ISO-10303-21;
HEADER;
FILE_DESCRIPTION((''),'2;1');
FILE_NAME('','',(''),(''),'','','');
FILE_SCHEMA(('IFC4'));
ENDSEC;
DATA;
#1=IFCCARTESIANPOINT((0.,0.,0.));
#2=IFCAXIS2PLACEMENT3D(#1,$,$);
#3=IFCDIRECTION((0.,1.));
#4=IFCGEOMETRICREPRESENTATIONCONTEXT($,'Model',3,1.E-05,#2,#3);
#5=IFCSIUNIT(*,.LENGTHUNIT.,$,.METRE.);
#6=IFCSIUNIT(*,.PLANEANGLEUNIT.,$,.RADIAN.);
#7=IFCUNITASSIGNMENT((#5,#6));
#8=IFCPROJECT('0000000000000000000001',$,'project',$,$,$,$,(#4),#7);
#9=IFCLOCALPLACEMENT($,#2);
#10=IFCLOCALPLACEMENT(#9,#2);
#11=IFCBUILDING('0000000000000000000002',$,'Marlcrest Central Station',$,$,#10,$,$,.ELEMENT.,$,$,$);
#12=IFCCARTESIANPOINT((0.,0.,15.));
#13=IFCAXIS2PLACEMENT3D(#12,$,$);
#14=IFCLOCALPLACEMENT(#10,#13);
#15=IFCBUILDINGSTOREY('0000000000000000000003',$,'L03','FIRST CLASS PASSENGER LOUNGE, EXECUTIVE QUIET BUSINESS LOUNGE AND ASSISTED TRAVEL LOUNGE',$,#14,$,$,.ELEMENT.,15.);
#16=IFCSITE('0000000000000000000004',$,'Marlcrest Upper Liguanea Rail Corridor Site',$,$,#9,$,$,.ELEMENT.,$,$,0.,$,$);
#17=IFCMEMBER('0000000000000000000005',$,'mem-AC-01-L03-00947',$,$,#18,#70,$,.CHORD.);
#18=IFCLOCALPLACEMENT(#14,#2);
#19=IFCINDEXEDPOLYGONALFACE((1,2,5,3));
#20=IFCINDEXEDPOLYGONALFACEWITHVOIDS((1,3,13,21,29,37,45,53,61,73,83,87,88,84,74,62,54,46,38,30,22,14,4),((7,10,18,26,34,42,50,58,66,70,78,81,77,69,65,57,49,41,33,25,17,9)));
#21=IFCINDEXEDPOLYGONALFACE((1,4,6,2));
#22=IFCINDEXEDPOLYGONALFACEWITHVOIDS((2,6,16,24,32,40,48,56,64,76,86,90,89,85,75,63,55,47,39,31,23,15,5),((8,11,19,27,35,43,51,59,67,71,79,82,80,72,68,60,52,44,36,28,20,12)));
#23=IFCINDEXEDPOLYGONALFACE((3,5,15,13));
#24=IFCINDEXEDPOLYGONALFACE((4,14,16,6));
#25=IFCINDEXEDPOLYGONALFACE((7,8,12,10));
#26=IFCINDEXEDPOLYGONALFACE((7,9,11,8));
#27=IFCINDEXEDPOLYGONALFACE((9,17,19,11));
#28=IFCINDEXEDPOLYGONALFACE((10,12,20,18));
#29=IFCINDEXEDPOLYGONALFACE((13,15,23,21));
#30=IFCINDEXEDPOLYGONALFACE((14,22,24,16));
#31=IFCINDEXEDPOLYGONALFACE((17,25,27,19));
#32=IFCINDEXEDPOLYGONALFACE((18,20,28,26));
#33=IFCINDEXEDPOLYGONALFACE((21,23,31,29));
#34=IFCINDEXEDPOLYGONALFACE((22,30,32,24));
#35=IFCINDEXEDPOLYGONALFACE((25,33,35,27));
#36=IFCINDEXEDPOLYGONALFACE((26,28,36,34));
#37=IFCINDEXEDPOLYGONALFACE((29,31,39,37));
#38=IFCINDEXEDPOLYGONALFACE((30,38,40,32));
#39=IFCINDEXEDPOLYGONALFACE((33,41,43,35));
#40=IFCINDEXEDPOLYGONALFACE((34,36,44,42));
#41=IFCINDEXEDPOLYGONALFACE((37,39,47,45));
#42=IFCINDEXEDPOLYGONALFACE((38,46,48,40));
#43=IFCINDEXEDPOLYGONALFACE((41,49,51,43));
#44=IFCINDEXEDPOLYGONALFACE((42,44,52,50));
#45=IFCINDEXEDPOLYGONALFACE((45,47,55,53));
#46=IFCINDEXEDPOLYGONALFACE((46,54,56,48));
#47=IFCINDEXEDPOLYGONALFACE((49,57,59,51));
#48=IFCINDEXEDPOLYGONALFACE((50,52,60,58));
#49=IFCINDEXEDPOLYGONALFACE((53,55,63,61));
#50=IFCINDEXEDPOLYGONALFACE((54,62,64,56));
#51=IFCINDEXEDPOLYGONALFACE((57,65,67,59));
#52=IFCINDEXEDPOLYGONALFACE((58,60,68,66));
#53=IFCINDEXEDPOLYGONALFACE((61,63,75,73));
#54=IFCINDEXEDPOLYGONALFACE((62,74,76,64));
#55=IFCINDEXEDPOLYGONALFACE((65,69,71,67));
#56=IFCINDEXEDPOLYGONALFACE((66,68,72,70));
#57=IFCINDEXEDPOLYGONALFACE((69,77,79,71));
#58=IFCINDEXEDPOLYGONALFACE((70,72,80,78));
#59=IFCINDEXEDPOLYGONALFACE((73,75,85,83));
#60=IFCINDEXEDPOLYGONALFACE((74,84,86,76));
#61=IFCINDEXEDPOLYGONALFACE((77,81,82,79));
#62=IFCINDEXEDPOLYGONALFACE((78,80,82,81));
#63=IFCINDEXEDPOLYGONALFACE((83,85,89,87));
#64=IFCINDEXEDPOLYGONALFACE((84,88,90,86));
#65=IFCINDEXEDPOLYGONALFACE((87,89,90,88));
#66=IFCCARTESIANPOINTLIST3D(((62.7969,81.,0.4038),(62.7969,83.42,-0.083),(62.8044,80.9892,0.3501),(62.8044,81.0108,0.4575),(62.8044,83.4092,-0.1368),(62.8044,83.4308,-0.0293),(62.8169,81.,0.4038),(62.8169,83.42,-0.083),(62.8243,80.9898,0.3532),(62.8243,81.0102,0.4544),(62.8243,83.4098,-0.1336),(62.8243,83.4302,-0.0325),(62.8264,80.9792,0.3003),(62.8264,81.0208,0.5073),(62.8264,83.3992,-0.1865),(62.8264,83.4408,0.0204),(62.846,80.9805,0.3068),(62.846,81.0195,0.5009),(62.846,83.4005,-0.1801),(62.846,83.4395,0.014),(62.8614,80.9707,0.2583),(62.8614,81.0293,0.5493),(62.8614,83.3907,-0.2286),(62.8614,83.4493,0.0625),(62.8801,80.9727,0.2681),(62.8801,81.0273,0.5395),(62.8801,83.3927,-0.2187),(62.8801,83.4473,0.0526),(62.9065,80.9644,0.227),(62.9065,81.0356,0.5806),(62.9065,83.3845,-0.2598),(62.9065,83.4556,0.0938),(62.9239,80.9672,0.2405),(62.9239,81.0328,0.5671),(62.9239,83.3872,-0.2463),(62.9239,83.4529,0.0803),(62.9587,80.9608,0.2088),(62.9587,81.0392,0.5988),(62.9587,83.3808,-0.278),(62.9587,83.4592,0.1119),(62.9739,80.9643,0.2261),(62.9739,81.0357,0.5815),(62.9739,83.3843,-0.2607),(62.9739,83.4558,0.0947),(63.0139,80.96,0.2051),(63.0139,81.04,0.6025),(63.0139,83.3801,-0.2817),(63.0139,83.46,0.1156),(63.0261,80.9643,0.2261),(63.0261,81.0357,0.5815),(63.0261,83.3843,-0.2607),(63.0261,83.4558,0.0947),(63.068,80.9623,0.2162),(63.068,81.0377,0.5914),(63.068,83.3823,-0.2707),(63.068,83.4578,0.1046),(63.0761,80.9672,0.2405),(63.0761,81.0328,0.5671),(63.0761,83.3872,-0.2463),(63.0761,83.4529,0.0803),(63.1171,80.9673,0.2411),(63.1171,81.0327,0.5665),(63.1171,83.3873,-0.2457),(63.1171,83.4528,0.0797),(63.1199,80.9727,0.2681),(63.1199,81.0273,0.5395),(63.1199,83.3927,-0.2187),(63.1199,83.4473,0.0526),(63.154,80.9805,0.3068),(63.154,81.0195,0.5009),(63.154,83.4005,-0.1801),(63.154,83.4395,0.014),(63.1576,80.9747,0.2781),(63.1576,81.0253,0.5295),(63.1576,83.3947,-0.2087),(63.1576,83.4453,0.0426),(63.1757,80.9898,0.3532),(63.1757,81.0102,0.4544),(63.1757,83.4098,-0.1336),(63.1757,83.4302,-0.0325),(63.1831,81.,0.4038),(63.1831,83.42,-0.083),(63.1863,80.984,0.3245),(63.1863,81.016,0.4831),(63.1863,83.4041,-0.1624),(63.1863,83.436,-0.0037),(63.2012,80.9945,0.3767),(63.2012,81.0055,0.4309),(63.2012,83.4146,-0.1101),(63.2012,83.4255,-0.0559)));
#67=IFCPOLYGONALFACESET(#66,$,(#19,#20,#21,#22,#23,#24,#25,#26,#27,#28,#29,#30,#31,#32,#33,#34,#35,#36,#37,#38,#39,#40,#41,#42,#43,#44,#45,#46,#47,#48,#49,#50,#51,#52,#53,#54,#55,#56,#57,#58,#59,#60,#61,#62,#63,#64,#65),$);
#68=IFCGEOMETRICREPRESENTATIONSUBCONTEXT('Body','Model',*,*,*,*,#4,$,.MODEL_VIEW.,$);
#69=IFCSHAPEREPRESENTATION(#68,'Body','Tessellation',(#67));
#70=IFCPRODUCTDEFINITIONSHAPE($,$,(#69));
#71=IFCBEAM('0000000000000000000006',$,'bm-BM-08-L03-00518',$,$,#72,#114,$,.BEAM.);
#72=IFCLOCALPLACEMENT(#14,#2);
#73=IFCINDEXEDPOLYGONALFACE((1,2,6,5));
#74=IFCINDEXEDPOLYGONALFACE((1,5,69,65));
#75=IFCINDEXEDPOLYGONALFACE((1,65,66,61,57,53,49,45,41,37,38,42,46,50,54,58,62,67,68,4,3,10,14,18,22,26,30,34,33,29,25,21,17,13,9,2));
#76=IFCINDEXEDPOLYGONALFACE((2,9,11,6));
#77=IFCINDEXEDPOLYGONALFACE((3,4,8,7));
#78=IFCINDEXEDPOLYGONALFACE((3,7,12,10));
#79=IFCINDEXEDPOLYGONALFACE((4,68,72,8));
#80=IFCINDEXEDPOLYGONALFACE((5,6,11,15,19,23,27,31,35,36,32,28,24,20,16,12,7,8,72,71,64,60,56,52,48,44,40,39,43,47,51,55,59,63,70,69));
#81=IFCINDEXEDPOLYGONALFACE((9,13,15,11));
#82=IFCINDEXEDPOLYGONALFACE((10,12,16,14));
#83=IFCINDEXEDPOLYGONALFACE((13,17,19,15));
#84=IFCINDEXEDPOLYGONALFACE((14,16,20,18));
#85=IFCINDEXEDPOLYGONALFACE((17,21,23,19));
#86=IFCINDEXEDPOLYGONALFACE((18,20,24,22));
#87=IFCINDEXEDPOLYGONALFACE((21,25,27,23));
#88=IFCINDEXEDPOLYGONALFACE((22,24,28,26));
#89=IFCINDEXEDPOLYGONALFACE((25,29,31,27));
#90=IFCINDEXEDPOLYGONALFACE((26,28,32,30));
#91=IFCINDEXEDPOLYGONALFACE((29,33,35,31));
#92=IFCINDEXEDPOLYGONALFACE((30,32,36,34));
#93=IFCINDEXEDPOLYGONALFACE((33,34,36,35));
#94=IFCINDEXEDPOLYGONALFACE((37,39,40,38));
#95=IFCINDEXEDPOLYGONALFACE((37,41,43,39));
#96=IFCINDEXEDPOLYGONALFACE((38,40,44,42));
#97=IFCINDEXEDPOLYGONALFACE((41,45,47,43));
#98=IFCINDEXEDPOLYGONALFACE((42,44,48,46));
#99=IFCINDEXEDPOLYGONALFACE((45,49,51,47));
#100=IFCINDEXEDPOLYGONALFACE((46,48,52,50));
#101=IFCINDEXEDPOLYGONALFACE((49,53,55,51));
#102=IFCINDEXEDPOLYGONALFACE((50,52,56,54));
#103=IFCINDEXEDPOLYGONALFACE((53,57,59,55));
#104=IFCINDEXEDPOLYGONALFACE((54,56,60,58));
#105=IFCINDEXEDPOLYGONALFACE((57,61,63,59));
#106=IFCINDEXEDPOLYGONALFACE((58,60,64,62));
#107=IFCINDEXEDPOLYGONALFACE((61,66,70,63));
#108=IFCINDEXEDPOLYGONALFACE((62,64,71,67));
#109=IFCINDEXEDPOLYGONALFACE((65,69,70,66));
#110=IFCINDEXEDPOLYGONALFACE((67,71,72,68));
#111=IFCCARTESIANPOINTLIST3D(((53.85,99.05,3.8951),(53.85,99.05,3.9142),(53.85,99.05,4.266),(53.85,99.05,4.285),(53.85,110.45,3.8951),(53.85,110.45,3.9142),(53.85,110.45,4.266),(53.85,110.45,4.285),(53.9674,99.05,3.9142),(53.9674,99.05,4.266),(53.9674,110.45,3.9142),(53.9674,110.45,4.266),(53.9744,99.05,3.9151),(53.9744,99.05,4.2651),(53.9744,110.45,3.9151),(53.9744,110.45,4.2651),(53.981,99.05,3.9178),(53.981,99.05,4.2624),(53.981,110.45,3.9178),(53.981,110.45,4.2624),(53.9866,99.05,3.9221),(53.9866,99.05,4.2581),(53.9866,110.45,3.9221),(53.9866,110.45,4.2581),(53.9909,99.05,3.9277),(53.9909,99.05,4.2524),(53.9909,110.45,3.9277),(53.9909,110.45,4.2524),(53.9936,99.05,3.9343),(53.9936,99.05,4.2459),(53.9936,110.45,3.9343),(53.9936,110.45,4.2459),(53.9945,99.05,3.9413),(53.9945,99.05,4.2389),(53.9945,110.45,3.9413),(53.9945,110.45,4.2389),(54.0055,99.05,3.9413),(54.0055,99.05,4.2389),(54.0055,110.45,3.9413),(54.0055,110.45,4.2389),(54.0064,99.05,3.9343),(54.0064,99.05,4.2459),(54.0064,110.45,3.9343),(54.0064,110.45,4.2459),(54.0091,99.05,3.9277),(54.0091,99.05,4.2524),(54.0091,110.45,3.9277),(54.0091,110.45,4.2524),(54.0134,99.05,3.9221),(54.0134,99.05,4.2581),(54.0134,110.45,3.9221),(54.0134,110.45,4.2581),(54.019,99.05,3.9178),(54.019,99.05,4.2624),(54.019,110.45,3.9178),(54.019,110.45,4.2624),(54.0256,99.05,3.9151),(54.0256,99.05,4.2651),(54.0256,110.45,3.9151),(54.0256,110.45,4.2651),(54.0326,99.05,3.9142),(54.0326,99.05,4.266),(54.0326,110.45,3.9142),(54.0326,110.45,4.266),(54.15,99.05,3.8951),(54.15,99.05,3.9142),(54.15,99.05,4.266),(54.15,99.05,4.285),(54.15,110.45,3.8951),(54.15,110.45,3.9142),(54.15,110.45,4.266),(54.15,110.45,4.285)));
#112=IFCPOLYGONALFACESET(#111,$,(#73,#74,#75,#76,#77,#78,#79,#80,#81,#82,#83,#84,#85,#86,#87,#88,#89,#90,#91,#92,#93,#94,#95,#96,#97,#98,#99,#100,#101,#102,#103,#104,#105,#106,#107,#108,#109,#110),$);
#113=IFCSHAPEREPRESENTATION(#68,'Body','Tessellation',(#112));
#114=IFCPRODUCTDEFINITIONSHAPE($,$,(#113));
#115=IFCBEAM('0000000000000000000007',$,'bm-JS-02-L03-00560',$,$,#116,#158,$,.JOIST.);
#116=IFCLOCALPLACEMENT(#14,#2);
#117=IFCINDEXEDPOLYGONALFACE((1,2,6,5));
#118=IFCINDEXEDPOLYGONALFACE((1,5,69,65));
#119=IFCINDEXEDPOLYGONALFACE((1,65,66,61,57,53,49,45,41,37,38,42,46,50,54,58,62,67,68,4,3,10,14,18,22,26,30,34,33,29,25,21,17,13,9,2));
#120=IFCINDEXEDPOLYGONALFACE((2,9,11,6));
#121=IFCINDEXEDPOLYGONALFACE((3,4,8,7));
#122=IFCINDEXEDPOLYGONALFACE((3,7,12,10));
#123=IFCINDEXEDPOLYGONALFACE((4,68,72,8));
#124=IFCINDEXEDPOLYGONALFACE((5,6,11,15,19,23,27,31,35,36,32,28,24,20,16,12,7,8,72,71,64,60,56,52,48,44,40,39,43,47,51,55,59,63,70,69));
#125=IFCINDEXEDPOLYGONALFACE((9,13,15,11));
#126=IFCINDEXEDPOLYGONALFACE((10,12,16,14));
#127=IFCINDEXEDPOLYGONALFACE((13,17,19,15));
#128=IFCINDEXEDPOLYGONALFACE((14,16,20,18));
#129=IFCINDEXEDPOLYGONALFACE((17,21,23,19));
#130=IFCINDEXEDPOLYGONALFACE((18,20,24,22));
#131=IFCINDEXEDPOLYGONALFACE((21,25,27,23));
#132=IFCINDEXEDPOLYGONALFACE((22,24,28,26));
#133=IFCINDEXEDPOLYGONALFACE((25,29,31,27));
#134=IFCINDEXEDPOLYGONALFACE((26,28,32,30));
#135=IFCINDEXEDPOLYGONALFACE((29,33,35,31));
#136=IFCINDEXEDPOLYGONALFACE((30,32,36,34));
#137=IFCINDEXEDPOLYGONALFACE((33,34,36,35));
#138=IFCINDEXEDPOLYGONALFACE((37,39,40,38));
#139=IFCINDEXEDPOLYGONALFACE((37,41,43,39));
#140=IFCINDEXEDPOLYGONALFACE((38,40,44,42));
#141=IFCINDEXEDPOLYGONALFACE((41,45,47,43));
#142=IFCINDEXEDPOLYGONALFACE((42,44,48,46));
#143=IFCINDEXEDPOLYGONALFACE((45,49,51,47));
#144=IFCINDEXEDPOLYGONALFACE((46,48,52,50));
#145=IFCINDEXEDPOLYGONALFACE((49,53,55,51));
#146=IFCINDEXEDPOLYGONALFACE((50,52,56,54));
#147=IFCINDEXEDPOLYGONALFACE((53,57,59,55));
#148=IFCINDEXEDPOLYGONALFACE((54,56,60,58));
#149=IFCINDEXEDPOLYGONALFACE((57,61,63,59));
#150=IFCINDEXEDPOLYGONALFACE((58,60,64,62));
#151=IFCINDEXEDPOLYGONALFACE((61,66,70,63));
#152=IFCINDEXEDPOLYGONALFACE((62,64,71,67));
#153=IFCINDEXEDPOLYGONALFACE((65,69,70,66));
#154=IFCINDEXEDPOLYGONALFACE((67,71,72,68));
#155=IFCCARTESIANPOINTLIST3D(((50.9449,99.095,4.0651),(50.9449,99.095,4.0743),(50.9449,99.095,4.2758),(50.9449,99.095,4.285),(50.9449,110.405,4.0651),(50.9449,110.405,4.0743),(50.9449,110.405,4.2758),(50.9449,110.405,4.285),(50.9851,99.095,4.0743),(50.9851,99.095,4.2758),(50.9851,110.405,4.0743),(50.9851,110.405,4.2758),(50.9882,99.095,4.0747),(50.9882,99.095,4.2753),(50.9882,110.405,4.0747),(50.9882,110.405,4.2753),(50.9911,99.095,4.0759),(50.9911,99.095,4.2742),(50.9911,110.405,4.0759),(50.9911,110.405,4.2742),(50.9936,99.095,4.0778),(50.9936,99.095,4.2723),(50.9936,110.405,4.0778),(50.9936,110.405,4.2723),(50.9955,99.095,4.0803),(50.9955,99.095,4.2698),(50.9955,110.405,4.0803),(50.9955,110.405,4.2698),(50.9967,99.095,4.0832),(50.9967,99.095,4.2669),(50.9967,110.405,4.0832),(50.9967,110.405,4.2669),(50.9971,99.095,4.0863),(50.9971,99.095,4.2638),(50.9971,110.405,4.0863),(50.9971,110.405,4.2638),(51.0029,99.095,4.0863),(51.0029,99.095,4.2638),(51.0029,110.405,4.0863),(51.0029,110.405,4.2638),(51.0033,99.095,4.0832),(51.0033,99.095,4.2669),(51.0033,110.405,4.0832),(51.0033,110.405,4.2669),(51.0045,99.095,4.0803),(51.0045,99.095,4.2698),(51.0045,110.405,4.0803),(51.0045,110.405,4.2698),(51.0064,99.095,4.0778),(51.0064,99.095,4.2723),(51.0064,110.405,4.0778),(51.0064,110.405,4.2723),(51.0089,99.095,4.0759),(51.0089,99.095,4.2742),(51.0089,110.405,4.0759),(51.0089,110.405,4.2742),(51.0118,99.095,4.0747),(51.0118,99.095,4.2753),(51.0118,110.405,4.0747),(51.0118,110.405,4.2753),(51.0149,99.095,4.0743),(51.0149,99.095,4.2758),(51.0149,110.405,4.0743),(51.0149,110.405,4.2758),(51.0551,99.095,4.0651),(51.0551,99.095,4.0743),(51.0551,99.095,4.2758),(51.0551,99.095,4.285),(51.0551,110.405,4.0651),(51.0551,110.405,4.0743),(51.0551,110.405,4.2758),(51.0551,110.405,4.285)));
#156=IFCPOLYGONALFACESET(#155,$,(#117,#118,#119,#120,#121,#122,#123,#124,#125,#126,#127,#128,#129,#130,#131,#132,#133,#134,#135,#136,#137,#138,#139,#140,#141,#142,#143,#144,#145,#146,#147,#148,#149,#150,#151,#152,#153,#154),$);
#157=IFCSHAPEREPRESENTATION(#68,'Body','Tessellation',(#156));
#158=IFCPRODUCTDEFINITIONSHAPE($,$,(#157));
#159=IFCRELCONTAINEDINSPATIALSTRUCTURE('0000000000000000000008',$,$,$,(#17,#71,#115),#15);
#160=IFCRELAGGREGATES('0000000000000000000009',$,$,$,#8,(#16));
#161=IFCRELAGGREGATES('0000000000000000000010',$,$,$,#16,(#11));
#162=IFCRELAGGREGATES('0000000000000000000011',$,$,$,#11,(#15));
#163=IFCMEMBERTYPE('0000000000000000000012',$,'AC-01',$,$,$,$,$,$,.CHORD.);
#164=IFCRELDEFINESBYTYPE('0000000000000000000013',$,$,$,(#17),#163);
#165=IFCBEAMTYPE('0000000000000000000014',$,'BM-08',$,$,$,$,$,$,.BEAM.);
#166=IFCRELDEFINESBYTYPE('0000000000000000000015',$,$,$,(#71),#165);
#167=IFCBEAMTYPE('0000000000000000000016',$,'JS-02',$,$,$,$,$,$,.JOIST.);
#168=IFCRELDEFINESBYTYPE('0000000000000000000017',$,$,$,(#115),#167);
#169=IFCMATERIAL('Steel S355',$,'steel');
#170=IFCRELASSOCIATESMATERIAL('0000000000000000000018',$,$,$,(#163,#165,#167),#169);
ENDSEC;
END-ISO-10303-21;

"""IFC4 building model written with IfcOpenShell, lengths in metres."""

from ifc_helpers import new_model, si_unit, direction, frame, origin, origin_2d, place, context, subcontext, project, spatial, hollow_circle, i_section, extrude, material, material_profile, profile_set, type_object, element, save


model = new_model("IFC4")

# Units and contexts
model_context = context("Model", 3, precision=1e-05, world=origin(), true_north=direction((0.0, 1.0)))
body_context = subcontext(model_context, "Body", "Model", "MODEL_VIEW")
ifc_project = project(units=[si_unit("LENGTHUNIT", "METRE"), si_unit("PLANEANGLEUNIT", "RADIAN")], contexts=[model_context])

# Site, building, storey
site_placement = place(None, origin())
site = spatial("IfcSite", under=ifc_project, at=site_placement, Name="Marlcrest Upper Liguanea Rail Corridor Site", CompositionType="ELEMENT", RefElevation=0.0)
building_placement = place(site_placement, origin())
building = spatial("IfcBuilding", under=site, at=building_placement, Name="Marlcrest Central Station", CompositionType="ELEMENT")
storey_placement = place(building_placement, frame((0.0, 0.0, 15.0)))
storey = spatial("IfcBuildingStorey", under=building, at=storey_placement, Name="L03", Description="FIRST CLASS PASSENGER LOUNGE, EXECUTIVE QUIET BUSINESS LOUNGE AND ASSISTED TRAVEL LOUNGE", CompositionType="ELEMENT", Elevation=15.0)

# Shared definitions
ifc_material_1 = material(Name="Steel S355", Category="steel")

# Member
ifc_material_profile_1 = material_profile(ifc_material_1, hollow_circle(Radius=0.2031, WallThickness=0.02, at=origin_2d()), Name="CHS 406.4x20")
ifc_profile_set_1 = profile_set([ifc_material_profile_1], Name="Steel S355")
member_type_1 = type_object("IfcMemberType", Name="AC-01", PredefinedType="CHORD", material=ifc_profile_set_1)
for number, where, z_axis, x_axis, name in (
    (1, (63.0, 81.0, 0.4038), (0.0, 0.980359, -0.197219), (-1.0, 0.0, 0.0), "mem-AC-01-L03-00947"),
):
    element("IfcMember", number, at=place(storey_placement, frame(where, z_axis=z_axis, x_axis=x_axis)), inside=storey, type_object=member_type_1, Name=name, PredefinedType="CHORD", context=body_context, shape_type="SweptSolid", body=[
        extrude(hollow_circle(Radius=0.2031, WallThickness=0.02, at=origin_2d()), origin(), (0.0, 0.0, 1.0), 2.4685),
    ])

# Beams
ifc_material_profile_2 = material_profile(ifc_material_1, i_section(OverallWidth=0.3, OverallDepth=0.3899, WebThickness=0.011, FlangeThickness=0.019, FilletRadius=0.0271, at=origin_2d()), Name="HEA 400")
ifc_profile_set_2 = profile_set([ifc_material_profile_2], Name="Steel S355")
beam_type_1 = type_object("IfcBeamType", Name="BM-08", PredefinedType="BEAM", material=ifc_profile_set_2)
beam_1_placement = place(storey_placement, frame((54.0, 99.05, 4.0901), z_axis=(0.0, 1.0, 0.0), x_axis=(-1.0, 0.0, 0.0)))
element("IfcBeam", 2, at=beam_1_placement, inside=storey, type_object=beam_type_1, Name="bm-BM-08-L03-00518", PredefinedType="BEAM", context=body_context, shape_type="SweptSolid", body=[
    extrude(i_section(OverallWidth=0.3, OverallDepth=0.3899, WebThickness=0.011, FlangeThickness=0.019, FilletRadius=0.0271, at=origin_2d()), origin(), (0.0, 0.0, 1.0), 11.3999),
])
ifc_material_profile_3 = material_profile(ifc_material_1, i_section(OverallWidth=0.1101, OverallDepth=0.22, WebThickness=0.0059, FlangeThickness=0.0093, FilletRadius=0.012, at=origin_2d()), Name="IPE 220")
ifc_profile_set_3 = profile_set([ifc_material_profile_3], Name="Steel S355")
beam_type_2 = type_object("IfcBeamType", Name="JS-02", PredefinedType="JOIST", material=ifc_profile_set_3)
for number, where, z_axis, x_axis, name in (
    (3, (51.0, 99.095, 4.175), (0.0, 1.0, 0.0), (-1.0, 0.0, 0.0), "bm-JS-02-L03-00560"),
):
    element("IfcBeam", number, at=place(storey_placement, frame(where, z_axis=z_axis, x_axis=x_axis)), inside=storey, type_object=beam_type_2, Name=name, PredefinedType="JOIST", context=body_context, shape_type="SweptSolid", body=[
        extrude(i_section(OverallWidth=0.1101, OverallDepth=0.22, WebThickness=0.0059, FlangeThickness=0.0093, FilletRadius=0.012, at=origin_2d()), origin(), (0.0, 0.0, 1.0), 11.3101),
    ])

save(model, "model.ifc")
